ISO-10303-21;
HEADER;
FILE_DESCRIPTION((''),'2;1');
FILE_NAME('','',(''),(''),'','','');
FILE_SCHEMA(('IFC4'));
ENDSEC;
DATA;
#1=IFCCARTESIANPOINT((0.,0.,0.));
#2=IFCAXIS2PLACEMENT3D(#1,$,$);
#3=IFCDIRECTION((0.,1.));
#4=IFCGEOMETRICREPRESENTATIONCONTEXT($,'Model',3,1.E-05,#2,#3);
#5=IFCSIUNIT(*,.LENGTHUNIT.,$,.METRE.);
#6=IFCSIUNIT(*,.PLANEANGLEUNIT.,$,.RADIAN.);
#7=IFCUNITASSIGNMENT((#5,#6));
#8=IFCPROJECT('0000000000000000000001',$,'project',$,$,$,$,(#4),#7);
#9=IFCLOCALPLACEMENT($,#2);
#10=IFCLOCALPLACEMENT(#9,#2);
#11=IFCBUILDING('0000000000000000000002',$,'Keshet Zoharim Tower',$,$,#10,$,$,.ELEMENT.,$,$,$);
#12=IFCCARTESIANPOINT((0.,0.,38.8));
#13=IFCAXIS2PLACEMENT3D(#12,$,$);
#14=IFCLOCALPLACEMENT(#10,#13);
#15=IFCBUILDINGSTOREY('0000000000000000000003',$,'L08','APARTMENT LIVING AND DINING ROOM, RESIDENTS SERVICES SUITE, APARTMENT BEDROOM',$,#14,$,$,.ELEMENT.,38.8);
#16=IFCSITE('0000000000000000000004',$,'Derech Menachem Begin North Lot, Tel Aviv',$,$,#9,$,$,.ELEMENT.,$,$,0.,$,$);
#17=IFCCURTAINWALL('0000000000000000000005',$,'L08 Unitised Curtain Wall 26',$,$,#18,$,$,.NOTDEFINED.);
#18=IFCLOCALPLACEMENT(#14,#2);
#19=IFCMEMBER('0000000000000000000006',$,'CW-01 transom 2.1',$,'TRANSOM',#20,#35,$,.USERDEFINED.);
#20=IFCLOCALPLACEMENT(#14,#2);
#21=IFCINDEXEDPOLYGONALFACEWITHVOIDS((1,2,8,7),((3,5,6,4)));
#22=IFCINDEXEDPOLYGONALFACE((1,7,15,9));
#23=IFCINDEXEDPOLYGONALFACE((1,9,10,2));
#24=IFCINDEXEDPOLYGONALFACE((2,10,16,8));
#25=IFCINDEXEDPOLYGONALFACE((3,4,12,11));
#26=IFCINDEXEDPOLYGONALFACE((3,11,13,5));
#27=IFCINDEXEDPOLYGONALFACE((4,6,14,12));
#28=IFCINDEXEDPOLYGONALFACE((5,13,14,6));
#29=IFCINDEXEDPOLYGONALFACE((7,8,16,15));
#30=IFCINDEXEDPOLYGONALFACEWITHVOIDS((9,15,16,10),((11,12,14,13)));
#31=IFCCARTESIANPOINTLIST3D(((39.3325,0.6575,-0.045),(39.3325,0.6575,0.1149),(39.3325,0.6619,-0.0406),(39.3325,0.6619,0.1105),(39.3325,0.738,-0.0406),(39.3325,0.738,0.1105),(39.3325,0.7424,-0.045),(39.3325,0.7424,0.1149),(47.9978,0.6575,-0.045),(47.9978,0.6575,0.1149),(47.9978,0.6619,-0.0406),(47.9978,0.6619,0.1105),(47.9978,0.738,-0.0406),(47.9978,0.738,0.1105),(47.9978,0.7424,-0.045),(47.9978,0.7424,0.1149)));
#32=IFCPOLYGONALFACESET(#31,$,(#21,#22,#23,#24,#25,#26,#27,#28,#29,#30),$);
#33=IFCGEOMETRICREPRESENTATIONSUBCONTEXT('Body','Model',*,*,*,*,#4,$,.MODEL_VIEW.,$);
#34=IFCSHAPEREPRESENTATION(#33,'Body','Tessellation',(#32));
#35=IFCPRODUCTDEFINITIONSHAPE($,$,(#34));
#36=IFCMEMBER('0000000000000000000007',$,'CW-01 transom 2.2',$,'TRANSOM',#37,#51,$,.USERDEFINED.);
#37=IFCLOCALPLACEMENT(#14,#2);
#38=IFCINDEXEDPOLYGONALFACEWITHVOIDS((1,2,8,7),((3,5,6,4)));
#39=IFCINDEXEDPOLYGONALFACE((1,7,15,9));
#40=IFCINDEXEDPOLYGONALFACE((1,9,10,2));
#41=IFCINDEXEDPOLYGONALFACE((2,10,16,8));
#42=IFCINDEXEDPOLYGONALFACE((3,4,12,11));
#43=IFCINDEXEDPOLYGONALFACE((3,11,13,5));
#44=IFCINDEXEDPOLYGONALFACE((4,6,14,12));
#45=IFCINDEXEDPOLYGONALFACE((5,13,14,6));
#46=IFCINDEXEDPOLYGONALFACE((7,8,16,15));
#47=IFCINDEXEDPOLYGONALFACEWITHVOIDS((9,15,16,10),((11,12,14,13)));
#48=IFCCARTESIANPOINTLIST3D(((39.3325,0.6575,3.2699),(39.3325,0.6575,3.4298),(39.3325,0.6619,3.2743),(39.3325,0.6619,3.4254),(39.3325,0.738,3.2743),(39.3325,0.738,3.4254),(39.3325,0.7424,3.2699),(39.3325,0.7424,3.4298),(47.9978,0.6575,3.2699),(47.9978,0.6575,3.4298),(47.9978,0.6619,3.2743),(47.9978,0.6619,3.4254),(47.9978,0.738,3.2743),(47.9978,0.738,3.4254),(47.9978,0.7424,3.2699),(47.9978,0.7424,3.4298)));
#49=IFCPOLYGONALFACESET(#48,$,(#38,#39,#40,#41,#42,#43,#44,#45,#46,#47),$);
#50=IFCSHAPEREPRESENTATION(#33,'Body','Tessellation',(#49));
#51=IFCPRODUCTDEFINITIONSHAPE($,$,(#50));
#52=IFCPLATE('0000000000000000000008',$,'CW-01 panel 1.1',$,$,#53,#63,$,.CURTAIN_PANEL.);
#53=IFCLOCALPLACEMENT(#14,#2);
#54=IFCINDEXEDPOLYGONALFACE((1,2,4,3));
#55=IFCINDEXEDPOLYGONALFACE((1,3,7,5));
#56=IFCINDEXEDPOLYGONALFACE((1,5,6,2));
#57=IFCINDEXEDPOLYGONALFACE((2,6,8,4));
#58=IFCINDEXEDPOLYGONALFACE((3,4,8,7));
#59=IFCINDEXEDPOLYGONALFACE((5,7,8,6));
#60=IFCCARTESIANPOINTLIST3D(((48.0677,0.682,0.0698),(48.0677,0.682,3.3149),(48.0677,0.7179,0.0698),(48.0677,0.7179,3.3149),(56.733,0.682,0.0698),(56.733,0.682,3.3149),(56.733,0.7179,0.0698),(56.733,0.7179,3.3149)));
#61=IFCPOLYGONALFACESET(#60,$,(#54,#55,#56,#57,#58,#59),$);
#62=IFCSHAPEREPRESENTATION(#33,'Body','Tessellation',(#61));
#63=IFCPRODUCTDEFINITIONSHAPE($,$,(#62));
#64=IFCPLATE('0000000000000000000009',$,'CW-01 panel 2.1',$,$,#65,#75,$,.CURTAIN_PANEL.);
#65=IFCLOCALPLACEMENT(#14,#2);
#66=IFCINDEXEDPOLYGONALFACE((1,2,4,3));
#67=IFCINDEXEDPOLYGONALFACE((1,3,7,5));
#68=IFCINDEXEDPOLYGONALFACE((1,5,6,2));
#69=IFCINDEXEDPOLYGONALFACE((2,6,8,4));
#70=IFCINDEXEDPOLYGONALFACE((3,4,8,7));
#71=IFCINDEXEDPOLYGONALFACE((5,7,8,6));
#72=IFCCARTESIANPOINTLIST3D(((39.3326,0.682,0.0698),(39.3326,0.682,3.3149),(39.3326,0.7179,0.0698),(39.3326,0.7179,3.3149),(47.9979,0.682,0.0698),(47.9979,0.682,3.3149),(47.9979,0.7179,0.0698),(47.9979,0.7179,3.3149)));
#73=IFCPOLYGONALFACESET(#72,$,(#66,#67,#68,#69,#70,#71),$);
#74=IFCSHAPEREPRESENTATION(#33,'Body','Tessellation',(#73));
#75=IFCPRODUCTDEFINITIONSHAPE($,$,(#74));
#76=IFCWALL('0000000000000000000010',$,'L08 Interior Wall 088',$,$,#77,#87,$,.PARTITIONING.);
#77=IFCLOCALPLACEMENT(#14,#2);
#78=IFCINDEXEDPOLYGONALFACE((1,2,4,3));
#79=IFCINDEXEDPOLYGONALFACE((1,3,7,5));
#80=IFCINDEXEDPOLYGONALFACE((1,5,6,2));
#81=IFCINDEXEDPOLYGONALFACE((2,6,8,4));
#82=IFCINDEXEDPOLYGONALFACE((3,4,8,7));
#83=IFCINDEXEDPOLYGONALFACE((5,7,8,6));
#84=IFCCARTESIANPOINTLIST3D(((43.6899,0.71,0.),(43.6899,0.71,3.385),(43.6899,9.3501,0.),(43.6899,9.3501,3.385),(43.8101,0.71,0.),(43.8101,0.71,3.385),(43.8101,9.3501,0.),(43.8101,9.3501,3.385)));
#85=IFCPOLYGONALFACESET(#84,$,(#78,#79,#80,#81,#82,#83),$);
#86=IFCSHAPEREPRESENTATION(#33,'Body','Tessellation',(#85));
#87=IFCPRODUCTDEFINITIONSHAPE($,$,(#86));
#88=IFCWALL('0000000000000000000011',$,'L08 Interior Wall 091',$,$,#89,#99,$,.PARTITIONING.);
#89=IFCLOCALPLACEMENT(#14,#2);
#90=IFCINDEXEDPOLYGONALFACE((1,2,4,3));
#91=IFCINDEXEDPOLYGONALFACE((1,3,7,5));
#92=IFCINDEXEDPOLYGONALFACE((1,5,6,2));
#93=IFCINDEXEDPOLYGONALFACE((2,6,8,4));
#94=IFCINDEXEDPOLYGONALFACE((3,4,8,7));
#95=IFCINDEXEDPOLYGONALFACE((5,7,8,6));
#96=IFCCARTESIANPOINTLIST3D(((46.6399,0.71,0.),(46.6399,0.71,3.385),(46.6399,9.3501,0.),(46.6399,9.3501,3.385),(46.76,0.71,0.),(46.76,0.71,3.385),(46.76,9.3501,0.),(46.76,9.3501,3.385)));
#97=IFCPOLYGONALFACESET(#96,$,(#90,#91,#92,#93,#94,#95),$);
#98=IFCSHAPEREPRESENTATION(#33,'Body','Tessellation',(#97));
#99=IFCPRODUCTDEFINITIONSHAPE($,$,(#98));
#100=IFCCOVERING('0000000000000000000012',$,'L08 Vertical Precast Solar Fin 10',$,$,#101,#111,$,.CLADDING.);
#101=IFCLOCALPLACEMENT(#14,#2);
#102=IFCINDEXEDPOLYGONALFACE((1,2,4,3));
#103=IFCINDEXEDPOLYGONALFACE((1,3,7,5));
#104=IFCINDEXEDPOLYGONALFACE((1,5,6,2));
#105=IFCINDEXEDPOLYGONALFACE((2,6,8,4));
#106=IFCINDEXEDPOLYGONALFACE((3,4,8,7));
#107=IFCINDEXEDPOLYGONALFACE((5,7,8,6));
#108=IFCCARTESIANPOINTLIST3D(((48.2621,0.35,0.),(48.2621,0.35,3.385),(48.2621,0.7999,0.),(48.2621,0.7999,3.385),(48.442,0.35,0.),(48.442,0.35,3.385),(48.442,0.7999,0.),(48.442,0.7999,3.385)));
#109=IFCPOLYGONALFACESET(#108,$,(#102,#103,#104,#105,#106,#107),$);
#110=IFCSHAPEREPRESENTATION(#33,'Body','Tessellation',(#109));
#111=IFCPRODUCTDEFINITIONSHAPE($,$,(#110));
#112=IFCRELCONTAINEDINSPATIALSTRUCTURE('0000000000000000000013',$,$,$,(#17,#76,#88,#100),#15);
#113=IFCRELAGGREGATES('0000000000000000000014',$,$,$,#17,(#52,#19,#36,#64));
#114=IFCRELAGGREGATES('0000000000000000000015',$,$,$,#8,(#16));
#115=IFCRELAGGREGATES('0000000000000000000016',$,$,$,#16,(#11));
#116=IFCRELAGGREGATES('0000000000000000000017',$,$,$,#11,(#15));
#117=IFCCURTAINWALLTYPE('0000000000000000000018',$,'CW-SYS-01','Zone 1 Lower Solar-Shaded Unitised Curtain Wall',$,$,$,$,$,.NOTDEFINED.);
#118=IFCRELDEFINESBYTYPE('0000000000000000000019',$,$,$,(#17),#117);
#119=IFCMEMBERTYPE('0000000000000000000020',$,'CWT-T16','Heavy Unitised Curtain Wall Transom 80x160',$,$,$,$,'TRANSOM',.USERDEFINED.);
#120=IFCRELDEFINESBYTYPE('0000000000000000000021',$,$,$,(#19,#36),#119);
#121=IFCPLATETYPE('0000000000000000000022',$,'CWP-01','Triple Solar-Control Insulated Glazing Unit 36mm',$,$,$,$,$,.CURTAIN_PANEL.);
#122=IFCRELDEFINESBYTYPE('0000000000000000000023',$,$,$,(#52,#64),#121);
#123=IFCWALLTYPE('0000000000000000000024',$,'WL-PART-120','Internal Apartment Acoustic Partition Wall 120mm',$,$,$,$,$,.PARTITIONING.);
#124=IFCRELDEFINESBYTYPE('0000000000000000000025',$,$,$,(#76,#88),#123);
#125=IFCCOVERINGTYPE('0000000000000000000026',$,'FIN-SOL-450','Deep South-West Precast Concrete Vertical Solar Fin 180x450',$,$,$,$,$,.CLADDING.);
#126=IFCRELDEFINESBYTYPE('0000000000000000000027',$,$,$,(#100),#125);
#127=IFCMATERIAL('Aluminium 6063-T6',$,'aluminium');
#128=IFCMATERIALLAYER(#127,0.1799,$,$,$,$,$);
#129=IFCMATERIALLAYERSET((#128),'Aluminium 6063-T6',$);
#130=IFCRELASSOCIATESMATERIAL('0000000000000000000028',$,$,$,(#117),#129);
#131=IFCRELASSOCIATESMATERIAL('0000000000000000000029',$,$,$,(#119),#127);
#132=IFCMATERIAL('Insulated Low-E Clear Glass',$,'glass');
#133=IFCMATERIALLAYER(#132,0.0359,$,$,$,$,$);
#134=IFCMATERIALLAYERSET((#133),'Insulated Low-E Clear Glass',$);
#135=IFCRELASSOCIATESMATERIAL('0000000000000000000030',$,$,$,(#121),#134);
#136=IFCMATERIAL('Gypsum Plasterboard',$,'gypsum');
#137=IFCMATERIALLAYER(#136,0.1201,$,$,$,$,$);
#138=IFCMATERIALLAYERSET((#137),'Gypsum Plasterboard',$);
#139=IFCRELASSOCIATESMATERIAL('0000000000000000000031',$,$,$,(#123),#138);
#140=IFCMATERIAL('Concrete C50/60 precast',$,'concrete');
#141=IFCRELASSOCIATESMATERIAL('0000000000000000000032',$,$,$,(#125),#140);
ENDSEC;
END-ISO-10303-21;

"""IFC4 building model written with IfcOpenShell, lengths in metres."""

from ifc_helpers import new_model, si_unit, direction, frame, frame_2d, origin, origin_2d, place, context, subcontext, project, spatial, rectangle, hollow_rectangle, extrude, material, layer, layer_set, material_profile, profile_set, type_object, element, aggregate, save


model = new_model("IFC4")

# Units and contexts
model_context = context("Model", 3, precision=1e-05, world=origin(), true_north=direction((0.0, 1.0)))
body_context = subcontext(model_context, "Body", "Model", "MODEL_VIEW")
ifc_project = project(units=[si_unit("LENGTHUNIT", "METRE"), si_unit("PLANEANGLEUNIT", "RADIAN")], contexts=[model_context])

# Site, building, storey
site_placement = place(None, origin())
site = spatial("IfcSite", under=ifc_project, at=site_placement, Name="Derech Menachem Begin North Lot, Tel Aviv", CompositionType="ELEMENT", RefElevation=0.0)
building_placement = place(site_placement, origin())
building = spatial("IfcBuilding", under=site, at=building_placement, Name="Keshet Zoharim Tower", CompositionType="ELEMENT")
storey_placement = place(building_placement, frame((0.0, 0.0, 38.8)))
storey = spatial("IfcBuildingStorey", under=building, at=storey_placement, Name="L08", Description="APARTMENT LIVING AND DINING ROOM, RESIDENTS SERVICES SUITE, APARTMENT BEDROOM", CompositionType="ELEMENT", Elevation=38.8)

# Shared definitions
ifc_material_1 = material(Name="Aluminium 6063-T6", Category="aluminium")
ifc_layer_1 = layer(ifc_material_1, 0.1799)
ifc_layer_set_1 = layer_set([ifc_layer_1], Name="Aluminium 6063-T6")
curtain_wall_type = type_object("IfcCurtainWallType", Name="CW-SYS-01", Description="Zone 1 Lower Solar-Shaded Unitised Curtain Wall", PredefinedType="NOTDEFINED", material=ifc_layer_set_1)

# Curtain wall, members, plates
curtain_wall_1_placement = place(storey_placement, origin())
curtain_wall_1 = element("IfcCurtainWall", 1, at=curtain_wall_1_placement, inside=storey, type_object=curtain_wall_type, Name="L08 Unitised Curtain Wall 26", PredefinedType="NOTDEFINED")
ifc_material_profile_1 = material_profile(ifc_material_1, hollow_rectangle(XDim=0.085, YDim=0.1599, WallThickness=0.0044, at=origin_2d()), Name="TRN-85x160")
ifc_profile_set_1 = profile_set([ifc_material_profile_1], Name="Aluminium 6063-T6")
member_type_1 = type_object("IfcMemberType", Name="CWT-T16", Description="Heavy Unitised Curtain Wall Transom 80x160", ElementType="TRANSOM", PredefinedType="USERDEFINED", material=ifc_profile_set_1)
member_1_placement = place(storey_placement, frame((47.9978, 0.7, 0.0349), z_axis=(-1.0, 0.0, 0.0), x_axis=(0.0, -1.0, 0.0)))
member_1 = element("IfcMember", 2, at=member_1_placement, type_object=member_type_1, Name="CW-01 transom 2.1", ObjectType="TRANSOM", PredefinedType="USERDEFINED", context=body_context, shape_type="SweptSolid", body=[
    extrude(hollow_rectangle(XDim=0.085, YDim=0.1599, WallThickness=0.0044, at=origin_2d()), origin(), (0.0, 0.0, 1.0), 8.6653),
])
member_2_placement = place(storey_placement, frame((47.9978, 0.7, 3.3499), z_axis=(-1.0, 0.0, 0.0), x_axis=(0.0, -1.0, 0.0)))
member_2 = element("IfcMember", 3, at=member_2_placement, type_object=member_type_1, Name="CW-01 transom 2.2", ObjectType="TRANSOM", PredefinedType="USERDEFINED", context=body_context, shape_type="SweptSolid", body=[
    extrude(hollow_rectangle(XDim=0.085, YDim=0.1599, WallThickness=0.0044, at=origin_2d()), origin(), (0.0, 0.0, 1.0), 8.6653),
])
ifc_material_2 = material(Name="Insulated Low-E Clear Glass", Category="glass")
ifc_layer_2 = layer(ifc_material_2, 0.0359)
ifc_layer_set_2 = layer_set([ifc_layer_2], Name="Insulated Low-E Clear Glass")
plate_type = type_object("IfcPlateType", Name="CWP-01", Description="Triple Solar-Control Insulated Glazing Unit 36mm", PredefinedType="CURTAIN_PANEL", material=ifc_layer_set_2)
plate_1_placement = place(storey_placement, frame((52.4004, 0.7, 0.0698), z_axis=(0.0, 0.0, 1.0), x_axis=(-1.0, 0.0, 0.0)))
plate_1 = element("IfcPlate", 4, at=plate_1_placement, type_object=plate_type, Name="CW-01 panel 1.1", PredefinedType="CURTAIN_PANEL", context=body_context, shape_type="SweptSolid", body=[
    extrude(rectangle(XDim=8.6653, YDim=0.0359, at=origin_2d()), origin(), (0.0, 0.0, 1.0), 3.2451),
])
plate_2_placement = place(storey_placement, frame((43.6653, 0.7, 0.0698), z_axis=(0.0, 0.0, 1.0), x_axis=(-1.0, 0.0, 0.0)))
plate_2 = element("IfcPlate", 5, at=plate_2_placement, type_object=plate_type, Name="CW-01 panel 2.1", PredefinedType="CURTAIN_PANEL", context=body_context, shape_type="SweptSolid", body=[
    extrude(rectangle(XDim=8.6653, YDim=0.0359, at=origin_2d()), origin(), (0.0, 0.0, 1.0), 3.2451),
])
aggregate(curtain_wall_1, [plate_1, member_1, member_2, plate_2])

# Walls
ifc_material_3 = material(Name="Gypsum Plasterboard", Category="gypsum")
ifc_layer_3 = layer(ifc_material_3, 0.1201)
ifc_layer_set_3 = layer_set([ifc_layer_3], Name="Gypsum Plasterboard")
wall_type = type_object("IfcWallType", Name="WL-PART-120", Description="Internal Apartment Acoustic Partition Wall 120mm", PredefinedType="PARTITIONING", material=ifc_layer_set_3)
for number, where, z_axis, x_axis, name in (
    (6, (43.75, 0.71, 0.0), (0.0, 0.0, 1.0), (0.0, 1.0, 0.0), "L08 Interior Wall 088"),
    (7, (46.7, 0.71, 0.0), (0.0, 0.0, 1.0), (0.0, 1.0, 0.0), "L08 Interior Wall 091"),
):
    element("IfcWall", number, at=place(storey_placement, frame(where, z_axis=z_axis, x_axis=x_axis)), inside=storey, type_object=wall_type, Name=name, PredefinedType="PARTITIONING", context=body_context, shape_type="SweptSolid", body=[
        extrude(rectangle(XDim=8.6401, YDim=0.1201, at=frame_2d((4.3201, 0.0))), origin(), (0.0, 0.0, 1.0), 3.385),
    ])

# Covering
ifc_material_4 = material(Name="Concrete C50/60 precast", Category="concrete")
covering_type = type_object("IfcCoveringType", Name="FIN-SOL-450", Description="Deep South-West Precast Concrete Vertical Solar Fin 180x450", PredefinedType="CLADDING", material=ifc_material_4)
covering_placement = place(storey_placement, frame((48.3521, 0.575, 0.0), z_axis=(0.0, 0.0, 1.0), x_axis=(-1.0, 0.0, 0.0)))
element("IfcCovering", 8, at=covering_placement, inside=storey, type_object=covering_type, Name="L08 Vertical Precast Solar Fin 10", PredefinedType="CLADDING", context=body_context, shape_type="SweptSolid", body=[
    extrude(rectangle(XDim=0.1799, YDim=0.45, at=origin_2d()), origin(), (0.0, 0.0, 1.0), 3.385),
])

save(model, "model.ifc")
